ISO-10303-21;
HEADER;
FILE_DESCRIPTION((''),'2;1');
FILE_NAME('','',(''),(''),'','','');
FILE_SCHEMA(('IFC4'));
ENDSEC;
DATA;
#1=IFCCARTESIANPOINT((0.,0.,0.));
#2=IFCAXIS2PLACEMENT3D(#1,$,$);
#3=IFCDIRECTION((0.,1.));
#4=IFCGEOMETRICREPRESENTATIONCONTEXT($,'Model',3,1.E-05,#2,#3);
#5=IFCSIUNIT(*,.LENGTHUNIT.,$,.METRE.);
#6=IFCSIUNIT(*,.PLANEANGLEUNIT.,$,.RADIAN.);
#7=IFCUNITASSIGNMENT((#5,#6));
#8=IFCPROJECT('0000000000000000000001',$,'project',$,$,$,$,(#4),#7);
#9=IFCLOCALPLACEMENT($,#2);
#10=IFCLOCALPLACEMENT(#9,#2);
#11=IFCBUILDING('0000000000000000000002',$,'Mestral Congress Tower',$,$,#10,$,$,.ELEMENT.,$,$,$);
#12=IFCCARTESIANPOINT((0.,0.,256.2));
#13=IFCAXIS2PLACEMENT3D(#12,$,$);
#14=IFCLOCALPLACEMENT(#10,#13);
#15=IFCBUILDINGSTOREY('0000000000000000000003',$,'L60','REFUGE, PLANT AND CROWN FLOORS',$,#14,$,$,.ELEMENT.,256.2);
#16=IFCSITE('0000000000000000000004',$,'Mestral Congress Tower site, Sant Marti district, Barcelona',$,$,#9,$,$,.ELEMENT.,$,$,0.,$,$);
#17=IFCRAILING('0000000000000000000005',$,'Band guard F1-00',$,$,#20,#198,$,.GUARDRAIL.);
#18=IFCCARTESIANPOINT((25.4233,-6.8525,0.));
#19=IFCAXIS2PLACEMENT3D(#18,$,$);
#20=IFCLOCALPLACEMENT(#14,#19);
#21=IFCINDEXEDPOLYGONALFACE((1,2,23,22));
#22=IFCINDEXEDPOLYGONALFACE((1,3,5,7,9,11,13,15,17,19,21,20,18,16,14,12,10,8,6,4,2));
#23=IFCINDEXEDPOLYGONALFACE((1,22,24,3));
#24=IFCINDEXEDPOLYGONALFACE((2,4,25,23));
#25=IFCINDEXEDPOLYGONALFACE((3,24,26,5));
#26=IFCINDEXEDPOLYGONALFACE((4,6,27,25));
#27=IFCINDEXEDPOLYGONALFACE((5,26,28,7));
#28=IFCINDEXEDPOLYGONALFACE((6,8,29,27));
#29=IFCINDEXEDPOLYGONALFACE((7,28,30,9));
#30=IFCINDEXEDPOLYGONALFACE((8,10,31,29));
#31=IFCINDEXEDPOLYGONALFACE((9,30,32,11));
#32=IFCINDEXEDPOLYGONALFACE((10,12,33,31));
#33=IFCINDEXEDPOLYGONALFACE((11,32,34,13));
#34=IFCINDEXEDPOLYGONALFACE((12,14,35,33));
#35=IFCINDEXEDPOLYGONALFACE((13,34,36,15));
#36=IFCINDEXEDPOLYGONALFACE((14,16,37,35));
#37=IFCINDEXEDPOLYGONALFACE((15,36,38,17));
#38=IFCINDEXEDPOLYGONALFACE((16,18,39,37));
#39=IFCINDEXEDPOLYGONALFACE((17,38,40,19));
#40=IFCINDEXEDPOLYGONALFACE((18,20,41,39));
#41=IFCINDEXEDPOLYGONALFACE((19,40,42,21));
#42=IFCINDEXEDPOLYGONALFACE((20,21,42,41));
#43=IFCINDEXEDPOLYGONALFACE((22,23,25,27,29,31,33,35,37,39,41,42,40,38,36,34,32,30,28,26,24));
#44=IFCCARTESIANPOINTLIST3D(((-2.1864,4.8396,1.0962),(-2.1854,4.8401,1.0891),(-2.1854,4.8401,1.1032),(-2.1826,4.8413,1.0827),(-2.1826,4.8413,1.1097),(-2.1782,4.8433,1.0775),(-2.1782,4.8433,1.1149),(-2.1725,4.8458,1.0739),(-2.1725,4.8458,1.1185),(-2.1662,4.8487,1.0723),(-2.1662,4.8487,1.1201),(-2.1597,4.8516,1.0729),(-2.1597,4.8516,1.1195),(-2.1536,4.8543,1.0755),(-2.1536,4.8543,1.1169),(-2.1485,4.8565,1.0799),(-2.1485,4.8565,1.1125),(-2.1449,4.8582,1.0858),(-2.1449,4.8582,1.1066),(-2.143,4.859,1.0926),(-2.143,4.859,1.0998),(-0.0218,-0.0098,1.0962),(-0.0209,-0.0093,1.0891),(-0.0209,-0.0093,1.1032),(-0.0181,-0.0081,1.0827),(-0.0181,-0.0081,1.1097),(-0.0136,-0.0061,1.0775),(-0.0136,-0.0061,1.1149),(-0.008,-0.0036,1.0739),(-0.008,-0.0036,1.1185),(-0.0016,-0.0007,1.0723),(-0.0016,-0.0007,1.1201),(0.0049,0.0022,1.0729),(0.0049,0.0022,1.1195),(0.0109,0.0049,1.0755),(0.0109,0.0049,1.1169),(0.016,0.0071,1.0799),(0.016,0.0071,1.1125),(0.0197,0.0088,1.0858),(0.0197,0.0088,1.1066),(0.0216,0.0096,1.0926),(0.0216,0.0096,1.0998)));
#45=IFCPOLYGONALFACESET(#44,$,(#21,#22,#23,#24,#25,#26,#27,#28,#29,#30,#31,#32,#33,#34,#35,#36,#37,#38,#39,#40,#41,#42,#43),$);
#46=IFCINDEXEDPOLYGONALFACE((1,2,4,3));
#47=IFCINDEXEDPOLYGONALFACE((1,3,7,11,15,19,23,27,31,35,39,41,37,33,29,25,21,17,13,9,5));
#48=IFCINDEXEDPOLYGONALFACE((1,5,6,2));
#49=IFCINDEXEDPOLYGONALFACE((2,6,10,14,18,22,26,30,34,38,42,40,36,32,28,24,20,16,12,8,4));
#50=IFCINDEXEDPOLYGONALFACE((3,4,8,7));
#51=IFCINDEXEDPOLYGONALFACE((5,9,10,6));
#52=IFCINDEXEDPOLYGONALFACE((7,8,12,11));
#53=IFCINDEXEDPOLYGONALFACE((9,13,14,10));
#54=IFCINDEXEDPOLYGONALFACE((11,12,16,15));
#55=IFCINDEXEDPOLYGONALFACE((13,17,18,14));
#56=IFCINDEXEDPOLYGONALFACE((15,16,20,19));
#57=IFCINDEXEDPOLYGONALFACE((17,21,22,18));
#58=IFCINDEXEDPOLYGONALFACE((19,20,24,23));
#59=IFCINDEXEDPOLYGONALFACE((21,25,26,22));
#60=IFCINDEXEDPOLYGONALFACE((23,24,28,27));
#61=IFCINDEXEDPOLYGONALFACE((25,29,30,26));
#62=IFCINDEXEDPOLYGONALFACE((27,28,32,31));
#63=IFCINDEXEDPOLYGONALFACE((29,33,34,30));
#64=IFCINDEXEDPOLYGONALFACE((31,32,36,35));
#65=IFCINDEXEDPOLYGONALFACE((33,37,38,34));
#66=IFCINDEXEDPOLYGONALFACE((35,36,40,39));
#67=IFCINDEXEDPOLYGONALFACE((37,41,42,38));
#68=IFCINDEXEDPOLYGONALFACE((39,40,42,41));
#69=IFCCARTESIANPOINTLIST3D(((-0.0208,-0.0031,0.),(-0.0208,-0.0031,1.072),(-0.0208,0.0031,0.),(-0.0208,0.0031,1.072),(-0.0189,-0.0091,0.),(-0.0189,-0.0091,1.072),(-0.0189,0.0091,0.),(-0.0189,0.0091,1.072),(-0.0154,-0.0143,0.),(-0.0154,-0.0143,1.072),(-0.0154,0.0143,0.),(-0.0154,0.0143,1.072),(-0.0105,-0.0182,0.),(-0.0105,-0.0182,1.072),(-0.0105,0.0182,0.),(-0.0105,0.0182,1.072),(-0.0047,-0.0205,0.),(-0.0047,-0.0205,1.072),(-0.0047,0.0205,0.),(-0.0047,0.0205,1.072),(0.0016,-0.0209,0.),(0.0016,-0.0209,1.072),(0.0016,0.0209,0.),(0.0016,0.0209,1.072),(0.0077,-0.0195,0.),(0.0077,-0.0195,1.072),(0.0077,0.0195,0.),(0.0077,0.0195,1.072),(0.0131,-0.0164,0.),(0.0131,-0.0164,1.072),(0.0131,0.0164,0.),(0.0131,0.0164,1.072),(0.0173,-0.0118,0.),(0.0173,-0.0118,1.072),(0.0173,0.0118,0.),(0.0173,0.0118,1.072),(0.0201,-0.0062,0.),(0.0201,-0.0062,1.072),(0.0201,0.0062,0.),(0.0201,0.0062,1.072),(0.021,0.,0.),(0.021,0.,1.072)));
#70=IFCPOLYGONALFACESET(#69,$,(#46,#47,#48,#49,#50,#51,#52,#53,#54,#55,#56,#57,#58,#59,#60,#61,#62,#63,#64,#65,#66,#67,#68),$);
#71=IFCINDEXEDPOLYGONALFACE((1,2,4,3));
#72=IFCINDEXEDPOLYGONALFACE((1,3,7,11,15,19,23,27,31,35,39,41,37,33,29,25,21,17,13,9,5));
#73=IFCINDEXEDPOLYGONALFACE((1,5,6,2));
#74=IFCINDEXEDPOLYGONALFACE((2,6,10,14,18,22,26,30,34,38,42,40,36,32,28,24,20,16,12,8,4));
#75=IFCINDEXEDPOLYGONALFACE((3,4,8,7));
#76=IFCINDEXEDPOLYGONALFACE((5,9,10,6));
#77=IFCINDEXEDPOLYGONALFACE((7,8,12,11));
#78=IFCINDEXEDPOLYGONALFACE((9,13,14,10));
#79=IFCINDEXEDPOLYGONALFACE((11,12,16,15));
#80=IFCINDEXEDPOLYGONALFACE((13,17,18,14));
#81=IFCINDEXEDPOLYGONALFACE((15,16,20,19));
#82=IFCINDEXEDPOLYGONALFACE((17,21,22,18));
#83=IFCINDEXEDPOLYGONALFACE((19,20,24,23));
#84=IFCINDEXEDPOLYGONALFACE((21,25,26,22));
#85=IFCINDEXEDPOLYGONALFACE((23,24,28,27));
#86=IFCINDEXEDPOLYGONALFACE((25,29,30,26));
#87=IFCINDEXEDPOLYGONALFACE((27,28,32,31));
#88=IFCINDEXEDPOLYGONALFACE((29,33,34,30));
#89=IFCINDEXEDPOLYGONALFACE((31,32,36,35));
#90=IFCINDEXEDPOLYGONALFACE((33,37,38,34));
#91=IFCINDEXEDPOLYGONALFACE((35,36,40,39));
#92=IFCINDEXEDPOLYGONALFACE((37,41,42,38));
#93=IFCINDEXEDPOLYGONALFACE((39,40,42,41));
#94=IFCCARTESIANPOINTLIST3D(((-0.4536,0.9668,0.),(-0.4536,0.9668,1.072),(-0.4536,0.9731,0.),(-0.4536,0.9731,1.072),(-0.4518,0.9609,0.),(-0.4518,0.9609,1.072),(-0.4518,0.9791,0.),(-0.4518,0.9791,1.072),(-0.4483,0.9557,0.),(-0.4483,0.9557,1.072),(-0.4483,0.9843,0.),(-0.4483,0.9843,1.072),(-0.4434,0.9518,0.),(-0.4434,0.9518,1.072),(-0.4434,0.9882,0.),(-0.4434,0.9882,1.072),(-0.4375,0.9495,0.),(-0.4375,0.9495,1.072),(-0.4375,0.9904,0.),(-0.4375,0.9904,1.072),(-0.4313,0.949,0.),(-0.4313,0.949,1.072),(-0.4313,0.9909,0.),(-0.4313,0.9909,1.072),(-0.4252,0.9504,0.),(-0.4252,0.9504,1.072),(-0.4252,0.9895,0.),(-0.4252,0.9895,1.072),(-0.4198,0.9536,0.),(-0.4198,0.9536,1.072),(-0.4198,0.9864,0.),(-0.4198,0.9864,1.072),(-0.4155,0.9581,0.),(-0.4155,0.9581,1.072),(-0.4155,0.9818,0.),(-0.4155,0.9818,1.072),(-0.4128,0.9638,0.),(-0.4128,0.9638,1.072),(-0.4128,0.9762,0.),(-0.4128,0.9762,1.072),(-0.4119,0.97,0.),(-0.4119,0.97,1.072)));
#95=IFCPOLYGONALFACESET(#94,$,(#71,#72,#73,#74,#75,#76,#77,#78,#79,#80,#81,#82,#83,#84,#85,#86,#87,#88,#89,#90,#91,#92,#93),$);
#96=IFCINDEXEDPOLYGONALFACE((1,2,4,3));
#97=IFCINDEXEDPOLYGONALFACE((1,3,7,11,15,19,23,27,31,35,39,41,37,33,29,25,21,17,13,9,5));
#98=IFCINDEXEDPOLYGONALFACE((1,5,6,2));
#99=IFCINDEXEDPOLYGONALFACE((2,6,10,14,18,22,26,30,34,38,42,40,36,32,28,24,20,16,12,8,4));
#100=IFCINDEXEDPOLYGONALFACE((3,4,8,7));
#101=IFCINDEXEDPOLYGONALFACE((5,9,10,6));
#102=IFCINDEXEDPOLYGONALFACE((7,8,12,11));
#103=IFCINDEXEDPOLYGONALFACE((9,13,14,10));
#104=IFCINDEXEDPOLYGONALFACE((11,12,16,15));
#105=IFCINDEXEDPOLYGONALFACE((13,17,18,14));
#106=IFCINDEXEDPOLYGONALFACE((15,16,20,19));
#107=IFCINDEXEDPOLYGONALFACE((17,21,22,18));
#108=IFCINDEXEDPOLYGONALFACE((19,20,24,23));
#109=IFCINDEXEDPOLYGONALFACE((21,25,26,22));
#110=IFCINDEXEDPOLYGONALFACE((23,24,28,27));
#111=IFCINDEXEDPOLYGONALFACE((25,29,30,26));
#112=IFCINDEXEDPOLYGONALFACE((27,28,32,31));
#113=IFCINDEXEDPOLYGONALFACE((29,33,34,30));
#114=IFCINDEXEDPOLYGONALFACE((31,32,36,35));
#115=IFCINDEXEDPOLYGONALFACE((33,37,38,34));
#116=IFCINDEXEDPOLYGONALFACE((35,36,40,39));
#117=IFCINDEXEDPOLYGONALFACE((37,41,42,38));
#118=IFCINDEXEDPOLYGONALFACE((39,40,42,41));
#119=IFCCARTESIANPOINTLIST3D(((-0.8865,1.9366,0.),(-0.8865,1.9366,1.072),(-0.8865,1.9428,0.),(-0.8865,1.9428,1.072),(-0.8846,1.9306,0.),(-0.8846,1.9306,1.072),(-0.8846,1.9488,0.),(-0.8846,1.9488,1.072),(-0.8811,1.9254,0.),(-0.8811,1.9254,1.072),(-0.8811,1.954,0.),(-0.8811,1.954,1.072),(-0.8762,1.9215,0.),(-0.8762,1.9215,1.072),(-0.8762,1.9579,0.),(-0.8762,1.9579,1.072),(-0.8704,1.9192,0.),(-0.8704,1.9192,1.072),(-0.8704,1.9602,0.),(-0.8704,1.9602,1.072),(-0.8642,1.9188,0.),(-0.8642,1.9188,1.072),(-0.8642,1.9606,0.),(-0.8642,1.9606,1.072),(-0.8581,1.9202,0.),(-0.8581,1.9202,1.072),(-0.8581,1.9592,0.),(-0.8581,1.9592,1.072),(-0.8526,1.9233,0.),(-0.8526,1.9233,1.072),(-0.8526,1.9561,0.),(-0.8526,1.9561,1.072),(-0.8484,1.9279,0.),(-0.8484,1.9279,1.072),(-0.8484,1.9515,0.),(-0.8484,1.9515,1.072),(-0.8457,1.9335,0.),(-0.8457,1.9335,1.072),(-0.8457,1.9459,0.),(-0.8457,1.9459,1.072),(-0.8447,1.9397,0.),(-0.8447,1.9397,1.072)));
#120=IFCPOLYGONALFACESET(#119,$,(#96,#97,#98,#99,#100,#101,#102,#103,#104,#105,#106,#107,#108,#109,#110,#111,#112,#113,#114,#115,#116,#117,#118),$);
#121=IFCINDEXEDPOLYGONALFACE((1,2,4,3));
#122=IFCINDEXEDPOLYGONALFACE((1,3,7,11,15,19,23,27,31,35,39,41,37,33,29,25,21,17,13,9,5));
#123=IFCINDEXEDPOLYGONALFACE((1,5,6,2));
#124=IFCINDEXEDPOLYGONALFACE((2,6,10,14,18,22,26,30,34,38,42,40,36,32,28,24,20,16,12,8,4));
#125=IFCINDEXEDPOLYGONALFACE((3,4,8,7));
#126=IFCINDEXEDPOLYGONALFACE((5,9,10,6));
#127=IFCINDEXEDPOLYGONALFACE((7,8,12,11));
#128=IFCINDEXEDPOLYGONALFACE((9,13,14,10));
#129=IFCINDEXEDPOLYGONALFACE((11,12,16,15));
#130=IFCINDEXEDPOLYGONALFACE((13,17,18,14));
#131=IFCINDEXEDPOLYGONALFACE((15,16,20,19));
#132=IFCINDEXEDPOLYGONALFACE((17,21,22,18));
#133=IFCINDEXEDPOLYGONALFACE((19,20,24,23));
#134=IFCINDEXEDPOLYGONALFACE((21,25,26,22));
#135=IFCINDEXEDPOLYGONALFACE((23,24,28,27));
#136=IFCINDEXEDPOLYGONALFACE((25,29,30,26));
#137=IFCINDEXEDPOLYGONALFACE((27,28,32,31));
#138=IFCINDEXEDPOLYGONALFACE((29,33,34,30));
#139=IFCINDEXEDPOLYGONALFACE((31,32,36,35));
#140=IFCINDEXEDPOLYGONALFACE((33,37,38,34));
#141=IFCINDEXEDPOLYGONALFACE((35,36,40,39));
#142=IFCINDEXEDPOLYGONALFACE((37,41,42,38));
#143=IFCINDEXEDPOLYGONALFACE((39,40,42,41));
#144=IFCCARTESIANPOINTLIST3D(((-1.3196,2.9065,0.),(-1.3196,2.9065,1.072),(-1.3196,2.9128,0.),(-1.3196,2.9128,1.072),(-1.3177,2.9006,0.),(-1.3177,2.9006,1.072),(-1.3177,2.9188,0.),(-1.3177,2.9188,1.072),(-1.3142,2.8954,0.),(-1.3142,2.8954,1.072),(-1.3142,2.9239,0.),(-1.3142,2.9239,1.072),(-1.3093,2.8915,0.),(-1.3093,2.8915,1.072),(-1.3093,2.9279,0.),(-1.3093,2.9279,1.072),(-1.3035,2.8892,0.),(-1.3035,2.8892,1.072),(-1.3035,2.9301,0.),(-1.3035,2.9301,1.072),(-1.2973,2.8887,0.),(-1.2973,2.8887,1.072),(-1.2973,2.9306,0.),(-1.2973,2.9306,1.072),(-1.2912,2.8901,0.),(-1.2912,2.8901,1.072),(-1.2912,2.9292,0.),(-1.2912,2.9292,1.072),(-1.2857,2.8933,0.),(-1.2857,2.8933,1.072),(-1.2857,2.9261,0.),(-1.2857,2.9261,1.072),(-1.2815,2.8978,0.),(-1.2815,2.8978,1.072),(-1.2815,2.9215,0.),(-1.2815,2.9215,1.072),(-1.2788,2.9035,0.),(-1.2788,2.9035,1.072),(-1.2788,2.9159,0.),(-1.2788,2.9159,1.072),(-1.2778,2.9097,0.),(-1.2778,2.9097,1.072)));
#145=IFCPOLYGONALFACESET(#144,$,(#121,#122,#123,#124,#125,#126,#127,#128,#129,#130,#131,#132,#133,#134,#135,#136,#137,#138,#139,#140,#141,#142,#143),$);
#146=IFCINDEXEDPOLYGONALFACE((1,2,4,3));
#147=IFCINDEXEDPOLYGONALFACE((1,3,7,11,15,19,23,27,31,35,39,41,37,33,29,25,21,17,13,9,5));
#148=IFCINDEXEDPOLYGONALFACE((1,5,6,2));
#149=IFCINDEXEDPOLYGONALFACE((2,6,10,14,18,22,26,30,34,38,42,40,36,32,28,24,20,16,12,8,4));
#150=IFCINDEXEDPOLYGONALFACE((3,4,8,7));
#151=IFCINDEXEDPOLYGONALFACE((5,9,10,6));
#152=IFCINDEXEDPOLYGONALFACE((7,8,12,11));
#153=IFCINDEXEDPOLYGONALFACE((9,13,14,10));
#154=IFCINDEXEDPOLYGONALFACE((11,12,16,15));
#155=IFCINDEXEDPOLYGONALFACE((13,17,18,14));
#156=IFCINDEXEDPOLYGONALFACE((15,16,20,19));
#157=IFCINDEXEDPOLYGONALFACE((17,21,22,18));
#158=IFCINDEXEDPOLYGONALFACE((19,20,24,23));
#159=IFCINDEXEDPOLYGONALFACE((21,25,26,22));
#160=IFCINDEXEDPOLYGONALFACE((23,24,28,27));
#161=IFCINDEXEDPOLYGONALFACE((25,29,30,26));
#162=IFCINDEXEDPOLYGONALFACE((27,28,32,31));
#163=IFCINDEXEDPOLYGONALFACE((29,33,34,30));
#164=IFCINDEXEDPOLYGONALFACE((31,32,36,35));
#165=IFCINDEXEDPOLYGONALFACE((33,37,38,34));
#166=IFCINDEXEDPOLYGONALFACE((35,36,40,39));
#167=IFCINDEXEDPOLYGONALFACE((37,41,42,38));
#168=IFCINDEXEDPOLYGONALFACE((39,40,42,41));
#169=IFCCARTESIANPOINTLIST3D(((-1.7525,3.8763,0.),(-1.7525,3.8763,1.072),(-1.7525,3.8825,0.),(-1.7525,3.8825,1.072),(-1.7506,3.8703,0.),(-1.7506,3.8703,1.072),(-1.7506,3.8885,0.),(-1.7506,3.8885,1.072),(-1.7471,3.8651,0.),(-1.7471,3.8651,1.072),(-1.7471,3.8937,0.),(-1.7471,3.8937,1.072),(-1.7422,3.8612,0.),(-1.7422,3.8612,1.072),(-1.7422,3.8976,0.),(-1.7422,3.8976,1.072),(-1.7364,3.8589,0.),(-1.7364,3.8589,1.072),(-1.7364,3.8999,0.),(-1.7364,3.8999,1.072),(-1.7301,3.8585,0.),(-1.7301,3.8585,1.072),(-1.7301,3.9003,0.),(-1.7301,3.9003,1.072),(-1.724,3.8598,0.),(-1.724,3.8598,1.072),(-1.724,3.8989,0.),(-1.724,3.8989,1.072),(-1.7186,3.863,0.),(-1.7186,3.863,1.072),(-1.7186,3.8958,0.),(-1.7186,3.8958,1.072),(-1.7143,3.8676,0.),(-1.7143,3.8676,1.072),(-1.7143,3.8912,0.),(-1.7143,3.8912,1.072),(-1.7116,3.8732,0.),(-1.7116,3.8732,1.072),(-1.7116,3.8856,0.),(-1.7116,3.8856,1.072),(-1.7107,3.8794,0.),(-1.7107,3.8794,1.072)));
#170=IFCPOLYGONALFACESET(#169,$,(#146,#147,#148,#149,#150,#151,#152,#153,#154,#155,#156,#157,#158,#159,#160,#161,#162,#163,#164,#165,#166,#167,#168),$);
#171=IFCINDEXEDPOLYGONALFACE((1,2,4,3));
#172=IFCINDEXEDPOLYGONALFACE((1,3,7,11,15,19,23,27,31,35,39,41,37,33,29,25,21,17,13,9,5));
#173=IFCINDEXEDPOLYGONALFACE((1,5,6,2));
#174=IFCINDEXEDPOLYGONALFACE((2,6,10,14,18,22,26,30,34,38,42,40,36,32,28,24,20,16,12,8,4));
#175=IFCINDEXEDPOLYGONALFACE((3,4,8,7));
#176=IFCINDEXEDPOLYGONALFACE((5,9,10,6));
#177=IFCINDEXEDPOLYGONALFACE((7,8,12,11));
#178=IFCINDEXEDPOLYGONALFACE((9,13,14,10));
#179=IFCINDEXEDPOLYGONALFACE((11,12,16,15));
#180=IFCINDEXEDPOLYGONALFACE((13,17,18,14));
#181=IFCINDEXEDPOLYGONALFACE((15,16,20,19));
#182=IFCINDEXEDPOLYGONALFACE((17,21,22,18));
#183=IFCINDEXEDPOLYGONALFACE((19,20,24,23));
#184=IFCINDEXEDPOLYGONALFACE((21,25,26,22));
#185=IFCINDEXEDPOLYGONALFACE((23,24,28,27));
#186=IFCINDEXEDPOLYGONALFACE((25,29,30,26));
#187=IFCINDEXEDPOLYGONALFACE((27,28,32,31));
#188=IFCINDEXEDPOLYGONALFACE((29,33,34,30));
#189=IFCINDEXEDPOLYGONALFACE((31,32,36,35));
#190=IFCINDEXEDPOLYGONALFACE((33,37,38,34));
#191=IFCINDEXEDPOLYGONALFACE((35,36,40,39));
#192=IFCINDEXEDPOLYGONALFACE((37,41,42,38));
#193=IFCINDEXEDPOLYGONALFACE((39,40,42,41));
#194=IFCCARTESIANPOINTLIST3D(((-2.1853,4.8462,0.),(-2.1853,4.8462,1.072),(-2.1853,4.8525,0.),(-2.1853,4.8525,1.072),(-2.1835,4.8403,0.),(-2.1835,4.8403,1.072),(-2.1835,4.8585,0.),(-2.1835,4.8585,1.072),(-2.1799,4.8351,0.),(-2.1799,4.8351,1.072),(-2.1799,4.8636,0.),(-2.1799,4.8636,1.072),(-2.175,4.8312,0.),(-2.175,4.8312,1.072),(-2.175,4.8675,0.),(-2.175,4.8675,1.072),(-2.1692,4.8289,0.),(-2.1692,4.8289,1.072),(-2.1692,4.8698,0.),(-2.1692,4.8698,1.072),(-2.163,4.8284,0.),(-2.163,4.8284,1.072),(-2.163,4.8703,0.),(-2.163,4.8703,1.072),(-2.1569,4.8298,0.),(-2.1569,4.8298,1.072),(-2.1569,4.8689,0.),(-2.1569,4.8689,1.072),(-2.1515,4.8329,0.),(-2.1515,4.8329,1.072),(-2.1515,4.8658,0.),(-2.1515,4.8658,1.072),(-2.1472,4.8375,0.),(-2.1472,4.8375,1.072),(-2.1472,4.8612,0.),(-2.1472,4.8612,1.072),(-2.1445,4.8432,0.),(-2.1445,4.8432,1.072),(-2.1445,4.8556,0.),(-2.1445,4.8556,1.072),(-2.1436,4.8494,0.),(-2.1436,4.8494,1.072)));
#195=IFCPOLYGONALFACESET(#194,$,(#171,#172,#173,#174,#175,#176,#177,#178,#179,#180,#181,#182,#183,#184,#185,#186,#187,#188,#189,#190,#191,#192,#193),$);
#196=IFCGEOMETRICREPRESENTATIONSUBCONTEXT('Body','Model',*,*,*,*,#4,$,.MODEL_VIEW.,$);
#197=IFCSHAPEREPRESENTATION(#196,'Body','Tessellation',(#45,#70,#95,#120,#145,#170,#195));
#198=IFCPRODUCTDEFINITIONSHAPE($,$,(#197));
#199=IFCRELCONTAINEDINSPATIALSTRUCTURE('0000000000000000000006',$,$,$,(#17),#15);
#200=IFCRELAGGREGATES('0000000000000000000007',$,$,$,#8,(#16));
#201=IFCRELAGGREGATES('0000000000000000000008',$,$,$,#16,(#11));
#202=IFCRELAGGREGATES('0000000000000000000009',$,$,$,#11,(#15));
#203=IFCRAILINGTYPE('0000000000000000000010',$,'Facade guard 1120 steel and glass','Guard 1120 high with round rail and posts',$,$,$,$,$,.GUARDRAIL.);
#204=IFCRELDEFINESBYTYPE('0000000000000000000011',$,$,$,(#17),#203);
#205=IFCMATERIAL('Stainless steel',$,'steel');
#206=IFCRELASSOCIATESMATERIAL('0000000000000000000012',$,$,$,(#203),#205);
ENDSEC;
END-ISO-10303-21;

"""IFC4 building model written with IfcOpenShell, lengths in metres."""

from ifc_helpers import new_model, si_unit, direction, frame, origin, origin_2d, place, context, subcontext, project, spatial, circle, extrude, material, type_object, element, save


model = new_model("IFC4")

# Units and contexts
model_context = context("Model", 3, precision=1e-05, world=origin(), true_north=direction((0.0, 1.0)))
body_context = subcontext(model_context, "Body", "Model", "MODEL_VIEW")
ifc_project = project(units=[si_unit("LENGTHUNIT", "METRE"), si_unit("PLANEANGLEUNIT", "RADIAN")], contexts=[model_context])

# Site, building, storey
site_placement = place(None, origin())
site = spatial("IfcSite", under=ifc_project, at=site_placement, Name="Mestral Congress Tower site, Sant Marti district, Barcelona", CompositionType="ELEMENT", RefElevation=0.0)
building_placement = place(site_placement, origin())
building = spatial("IfcBuilding", under=site, at=building_placement, Name="Mestral Congress Tower", CompositionType="ELEMENT")
storey_placement = place(building_placement, frame((0.0, 0.0, 256.2)))
storey = spatial("IfcBuildingStorey", under=building, at=storey_placement, Name="L60", Description="REFUGE, PLANT AND CROWN FLOORS", CompositionType="ELEMENT", Elevation=256.2)

# Railing
ifc_material_1 = material(Name="Stainless steel", Category="steel")
railing_type = type_object("IfcRailingType", Name="Facade guard 1120 steel and glass", Description="Guard 1120 high with round rail and posts", PredefinedType="GUARDRAIL", material=ifc_material_1)
railing_placement = place(storey_placement, frame((25.4233, -6.8525, 0.0)))
element("IfcRailing", 1, at=railing_placement, inside=storey, type_object=railing_type, Name="Band guard F1-00", PredefinedType="GUARDRAIL", context=body_context, shape_type="SweptSolid", body=[
    extrude(circle(Radius=0.0239, at=origin_2d()), frame((0.0, 0.0, 1.0962), z_axis=(-0.407597, 0.913162, 0.0), x_axis=(-0.913162, -0.407597, 0.0)), (0.0, 0.0, 1.0), 5.3105),
    extrude(circle(Radius=0.021, at=origin_2d()), origin(), (0.0, 0.0, 1.0), 1.072),
    extrude(circle(Radius=0.021, at=origin_2d()), frame((-0.4329, 0.97, 0.0)), (0.0, 0.0, 1.0), 1.072),
    extrude(circle(Radius=0.021, at=origin_2d()), frame((-0.8657, 1.9397, 0.0)), (0.0, 0.0, 1.0), 1.072),
    extrude(circle(Radius=0.021, at=origin_2d()), frame((-1.2988, 2.9097, 0.0)), (0.0, 0.0, 1.0), 1.072),
    extrude(circle(Radius=0.021, at=origin_2d()), frame((-1.7317, 3.8794, 0.0)), (0.0, 0.0, 1.0), 1.072),
    extrude(circle(Radius=0.021, at=origin_2d()), frame((-2.1646, 4.8494, 0.0)), (0.0, 0.0, 1.0), 1.072),
])

save(model, "model.ifc")
